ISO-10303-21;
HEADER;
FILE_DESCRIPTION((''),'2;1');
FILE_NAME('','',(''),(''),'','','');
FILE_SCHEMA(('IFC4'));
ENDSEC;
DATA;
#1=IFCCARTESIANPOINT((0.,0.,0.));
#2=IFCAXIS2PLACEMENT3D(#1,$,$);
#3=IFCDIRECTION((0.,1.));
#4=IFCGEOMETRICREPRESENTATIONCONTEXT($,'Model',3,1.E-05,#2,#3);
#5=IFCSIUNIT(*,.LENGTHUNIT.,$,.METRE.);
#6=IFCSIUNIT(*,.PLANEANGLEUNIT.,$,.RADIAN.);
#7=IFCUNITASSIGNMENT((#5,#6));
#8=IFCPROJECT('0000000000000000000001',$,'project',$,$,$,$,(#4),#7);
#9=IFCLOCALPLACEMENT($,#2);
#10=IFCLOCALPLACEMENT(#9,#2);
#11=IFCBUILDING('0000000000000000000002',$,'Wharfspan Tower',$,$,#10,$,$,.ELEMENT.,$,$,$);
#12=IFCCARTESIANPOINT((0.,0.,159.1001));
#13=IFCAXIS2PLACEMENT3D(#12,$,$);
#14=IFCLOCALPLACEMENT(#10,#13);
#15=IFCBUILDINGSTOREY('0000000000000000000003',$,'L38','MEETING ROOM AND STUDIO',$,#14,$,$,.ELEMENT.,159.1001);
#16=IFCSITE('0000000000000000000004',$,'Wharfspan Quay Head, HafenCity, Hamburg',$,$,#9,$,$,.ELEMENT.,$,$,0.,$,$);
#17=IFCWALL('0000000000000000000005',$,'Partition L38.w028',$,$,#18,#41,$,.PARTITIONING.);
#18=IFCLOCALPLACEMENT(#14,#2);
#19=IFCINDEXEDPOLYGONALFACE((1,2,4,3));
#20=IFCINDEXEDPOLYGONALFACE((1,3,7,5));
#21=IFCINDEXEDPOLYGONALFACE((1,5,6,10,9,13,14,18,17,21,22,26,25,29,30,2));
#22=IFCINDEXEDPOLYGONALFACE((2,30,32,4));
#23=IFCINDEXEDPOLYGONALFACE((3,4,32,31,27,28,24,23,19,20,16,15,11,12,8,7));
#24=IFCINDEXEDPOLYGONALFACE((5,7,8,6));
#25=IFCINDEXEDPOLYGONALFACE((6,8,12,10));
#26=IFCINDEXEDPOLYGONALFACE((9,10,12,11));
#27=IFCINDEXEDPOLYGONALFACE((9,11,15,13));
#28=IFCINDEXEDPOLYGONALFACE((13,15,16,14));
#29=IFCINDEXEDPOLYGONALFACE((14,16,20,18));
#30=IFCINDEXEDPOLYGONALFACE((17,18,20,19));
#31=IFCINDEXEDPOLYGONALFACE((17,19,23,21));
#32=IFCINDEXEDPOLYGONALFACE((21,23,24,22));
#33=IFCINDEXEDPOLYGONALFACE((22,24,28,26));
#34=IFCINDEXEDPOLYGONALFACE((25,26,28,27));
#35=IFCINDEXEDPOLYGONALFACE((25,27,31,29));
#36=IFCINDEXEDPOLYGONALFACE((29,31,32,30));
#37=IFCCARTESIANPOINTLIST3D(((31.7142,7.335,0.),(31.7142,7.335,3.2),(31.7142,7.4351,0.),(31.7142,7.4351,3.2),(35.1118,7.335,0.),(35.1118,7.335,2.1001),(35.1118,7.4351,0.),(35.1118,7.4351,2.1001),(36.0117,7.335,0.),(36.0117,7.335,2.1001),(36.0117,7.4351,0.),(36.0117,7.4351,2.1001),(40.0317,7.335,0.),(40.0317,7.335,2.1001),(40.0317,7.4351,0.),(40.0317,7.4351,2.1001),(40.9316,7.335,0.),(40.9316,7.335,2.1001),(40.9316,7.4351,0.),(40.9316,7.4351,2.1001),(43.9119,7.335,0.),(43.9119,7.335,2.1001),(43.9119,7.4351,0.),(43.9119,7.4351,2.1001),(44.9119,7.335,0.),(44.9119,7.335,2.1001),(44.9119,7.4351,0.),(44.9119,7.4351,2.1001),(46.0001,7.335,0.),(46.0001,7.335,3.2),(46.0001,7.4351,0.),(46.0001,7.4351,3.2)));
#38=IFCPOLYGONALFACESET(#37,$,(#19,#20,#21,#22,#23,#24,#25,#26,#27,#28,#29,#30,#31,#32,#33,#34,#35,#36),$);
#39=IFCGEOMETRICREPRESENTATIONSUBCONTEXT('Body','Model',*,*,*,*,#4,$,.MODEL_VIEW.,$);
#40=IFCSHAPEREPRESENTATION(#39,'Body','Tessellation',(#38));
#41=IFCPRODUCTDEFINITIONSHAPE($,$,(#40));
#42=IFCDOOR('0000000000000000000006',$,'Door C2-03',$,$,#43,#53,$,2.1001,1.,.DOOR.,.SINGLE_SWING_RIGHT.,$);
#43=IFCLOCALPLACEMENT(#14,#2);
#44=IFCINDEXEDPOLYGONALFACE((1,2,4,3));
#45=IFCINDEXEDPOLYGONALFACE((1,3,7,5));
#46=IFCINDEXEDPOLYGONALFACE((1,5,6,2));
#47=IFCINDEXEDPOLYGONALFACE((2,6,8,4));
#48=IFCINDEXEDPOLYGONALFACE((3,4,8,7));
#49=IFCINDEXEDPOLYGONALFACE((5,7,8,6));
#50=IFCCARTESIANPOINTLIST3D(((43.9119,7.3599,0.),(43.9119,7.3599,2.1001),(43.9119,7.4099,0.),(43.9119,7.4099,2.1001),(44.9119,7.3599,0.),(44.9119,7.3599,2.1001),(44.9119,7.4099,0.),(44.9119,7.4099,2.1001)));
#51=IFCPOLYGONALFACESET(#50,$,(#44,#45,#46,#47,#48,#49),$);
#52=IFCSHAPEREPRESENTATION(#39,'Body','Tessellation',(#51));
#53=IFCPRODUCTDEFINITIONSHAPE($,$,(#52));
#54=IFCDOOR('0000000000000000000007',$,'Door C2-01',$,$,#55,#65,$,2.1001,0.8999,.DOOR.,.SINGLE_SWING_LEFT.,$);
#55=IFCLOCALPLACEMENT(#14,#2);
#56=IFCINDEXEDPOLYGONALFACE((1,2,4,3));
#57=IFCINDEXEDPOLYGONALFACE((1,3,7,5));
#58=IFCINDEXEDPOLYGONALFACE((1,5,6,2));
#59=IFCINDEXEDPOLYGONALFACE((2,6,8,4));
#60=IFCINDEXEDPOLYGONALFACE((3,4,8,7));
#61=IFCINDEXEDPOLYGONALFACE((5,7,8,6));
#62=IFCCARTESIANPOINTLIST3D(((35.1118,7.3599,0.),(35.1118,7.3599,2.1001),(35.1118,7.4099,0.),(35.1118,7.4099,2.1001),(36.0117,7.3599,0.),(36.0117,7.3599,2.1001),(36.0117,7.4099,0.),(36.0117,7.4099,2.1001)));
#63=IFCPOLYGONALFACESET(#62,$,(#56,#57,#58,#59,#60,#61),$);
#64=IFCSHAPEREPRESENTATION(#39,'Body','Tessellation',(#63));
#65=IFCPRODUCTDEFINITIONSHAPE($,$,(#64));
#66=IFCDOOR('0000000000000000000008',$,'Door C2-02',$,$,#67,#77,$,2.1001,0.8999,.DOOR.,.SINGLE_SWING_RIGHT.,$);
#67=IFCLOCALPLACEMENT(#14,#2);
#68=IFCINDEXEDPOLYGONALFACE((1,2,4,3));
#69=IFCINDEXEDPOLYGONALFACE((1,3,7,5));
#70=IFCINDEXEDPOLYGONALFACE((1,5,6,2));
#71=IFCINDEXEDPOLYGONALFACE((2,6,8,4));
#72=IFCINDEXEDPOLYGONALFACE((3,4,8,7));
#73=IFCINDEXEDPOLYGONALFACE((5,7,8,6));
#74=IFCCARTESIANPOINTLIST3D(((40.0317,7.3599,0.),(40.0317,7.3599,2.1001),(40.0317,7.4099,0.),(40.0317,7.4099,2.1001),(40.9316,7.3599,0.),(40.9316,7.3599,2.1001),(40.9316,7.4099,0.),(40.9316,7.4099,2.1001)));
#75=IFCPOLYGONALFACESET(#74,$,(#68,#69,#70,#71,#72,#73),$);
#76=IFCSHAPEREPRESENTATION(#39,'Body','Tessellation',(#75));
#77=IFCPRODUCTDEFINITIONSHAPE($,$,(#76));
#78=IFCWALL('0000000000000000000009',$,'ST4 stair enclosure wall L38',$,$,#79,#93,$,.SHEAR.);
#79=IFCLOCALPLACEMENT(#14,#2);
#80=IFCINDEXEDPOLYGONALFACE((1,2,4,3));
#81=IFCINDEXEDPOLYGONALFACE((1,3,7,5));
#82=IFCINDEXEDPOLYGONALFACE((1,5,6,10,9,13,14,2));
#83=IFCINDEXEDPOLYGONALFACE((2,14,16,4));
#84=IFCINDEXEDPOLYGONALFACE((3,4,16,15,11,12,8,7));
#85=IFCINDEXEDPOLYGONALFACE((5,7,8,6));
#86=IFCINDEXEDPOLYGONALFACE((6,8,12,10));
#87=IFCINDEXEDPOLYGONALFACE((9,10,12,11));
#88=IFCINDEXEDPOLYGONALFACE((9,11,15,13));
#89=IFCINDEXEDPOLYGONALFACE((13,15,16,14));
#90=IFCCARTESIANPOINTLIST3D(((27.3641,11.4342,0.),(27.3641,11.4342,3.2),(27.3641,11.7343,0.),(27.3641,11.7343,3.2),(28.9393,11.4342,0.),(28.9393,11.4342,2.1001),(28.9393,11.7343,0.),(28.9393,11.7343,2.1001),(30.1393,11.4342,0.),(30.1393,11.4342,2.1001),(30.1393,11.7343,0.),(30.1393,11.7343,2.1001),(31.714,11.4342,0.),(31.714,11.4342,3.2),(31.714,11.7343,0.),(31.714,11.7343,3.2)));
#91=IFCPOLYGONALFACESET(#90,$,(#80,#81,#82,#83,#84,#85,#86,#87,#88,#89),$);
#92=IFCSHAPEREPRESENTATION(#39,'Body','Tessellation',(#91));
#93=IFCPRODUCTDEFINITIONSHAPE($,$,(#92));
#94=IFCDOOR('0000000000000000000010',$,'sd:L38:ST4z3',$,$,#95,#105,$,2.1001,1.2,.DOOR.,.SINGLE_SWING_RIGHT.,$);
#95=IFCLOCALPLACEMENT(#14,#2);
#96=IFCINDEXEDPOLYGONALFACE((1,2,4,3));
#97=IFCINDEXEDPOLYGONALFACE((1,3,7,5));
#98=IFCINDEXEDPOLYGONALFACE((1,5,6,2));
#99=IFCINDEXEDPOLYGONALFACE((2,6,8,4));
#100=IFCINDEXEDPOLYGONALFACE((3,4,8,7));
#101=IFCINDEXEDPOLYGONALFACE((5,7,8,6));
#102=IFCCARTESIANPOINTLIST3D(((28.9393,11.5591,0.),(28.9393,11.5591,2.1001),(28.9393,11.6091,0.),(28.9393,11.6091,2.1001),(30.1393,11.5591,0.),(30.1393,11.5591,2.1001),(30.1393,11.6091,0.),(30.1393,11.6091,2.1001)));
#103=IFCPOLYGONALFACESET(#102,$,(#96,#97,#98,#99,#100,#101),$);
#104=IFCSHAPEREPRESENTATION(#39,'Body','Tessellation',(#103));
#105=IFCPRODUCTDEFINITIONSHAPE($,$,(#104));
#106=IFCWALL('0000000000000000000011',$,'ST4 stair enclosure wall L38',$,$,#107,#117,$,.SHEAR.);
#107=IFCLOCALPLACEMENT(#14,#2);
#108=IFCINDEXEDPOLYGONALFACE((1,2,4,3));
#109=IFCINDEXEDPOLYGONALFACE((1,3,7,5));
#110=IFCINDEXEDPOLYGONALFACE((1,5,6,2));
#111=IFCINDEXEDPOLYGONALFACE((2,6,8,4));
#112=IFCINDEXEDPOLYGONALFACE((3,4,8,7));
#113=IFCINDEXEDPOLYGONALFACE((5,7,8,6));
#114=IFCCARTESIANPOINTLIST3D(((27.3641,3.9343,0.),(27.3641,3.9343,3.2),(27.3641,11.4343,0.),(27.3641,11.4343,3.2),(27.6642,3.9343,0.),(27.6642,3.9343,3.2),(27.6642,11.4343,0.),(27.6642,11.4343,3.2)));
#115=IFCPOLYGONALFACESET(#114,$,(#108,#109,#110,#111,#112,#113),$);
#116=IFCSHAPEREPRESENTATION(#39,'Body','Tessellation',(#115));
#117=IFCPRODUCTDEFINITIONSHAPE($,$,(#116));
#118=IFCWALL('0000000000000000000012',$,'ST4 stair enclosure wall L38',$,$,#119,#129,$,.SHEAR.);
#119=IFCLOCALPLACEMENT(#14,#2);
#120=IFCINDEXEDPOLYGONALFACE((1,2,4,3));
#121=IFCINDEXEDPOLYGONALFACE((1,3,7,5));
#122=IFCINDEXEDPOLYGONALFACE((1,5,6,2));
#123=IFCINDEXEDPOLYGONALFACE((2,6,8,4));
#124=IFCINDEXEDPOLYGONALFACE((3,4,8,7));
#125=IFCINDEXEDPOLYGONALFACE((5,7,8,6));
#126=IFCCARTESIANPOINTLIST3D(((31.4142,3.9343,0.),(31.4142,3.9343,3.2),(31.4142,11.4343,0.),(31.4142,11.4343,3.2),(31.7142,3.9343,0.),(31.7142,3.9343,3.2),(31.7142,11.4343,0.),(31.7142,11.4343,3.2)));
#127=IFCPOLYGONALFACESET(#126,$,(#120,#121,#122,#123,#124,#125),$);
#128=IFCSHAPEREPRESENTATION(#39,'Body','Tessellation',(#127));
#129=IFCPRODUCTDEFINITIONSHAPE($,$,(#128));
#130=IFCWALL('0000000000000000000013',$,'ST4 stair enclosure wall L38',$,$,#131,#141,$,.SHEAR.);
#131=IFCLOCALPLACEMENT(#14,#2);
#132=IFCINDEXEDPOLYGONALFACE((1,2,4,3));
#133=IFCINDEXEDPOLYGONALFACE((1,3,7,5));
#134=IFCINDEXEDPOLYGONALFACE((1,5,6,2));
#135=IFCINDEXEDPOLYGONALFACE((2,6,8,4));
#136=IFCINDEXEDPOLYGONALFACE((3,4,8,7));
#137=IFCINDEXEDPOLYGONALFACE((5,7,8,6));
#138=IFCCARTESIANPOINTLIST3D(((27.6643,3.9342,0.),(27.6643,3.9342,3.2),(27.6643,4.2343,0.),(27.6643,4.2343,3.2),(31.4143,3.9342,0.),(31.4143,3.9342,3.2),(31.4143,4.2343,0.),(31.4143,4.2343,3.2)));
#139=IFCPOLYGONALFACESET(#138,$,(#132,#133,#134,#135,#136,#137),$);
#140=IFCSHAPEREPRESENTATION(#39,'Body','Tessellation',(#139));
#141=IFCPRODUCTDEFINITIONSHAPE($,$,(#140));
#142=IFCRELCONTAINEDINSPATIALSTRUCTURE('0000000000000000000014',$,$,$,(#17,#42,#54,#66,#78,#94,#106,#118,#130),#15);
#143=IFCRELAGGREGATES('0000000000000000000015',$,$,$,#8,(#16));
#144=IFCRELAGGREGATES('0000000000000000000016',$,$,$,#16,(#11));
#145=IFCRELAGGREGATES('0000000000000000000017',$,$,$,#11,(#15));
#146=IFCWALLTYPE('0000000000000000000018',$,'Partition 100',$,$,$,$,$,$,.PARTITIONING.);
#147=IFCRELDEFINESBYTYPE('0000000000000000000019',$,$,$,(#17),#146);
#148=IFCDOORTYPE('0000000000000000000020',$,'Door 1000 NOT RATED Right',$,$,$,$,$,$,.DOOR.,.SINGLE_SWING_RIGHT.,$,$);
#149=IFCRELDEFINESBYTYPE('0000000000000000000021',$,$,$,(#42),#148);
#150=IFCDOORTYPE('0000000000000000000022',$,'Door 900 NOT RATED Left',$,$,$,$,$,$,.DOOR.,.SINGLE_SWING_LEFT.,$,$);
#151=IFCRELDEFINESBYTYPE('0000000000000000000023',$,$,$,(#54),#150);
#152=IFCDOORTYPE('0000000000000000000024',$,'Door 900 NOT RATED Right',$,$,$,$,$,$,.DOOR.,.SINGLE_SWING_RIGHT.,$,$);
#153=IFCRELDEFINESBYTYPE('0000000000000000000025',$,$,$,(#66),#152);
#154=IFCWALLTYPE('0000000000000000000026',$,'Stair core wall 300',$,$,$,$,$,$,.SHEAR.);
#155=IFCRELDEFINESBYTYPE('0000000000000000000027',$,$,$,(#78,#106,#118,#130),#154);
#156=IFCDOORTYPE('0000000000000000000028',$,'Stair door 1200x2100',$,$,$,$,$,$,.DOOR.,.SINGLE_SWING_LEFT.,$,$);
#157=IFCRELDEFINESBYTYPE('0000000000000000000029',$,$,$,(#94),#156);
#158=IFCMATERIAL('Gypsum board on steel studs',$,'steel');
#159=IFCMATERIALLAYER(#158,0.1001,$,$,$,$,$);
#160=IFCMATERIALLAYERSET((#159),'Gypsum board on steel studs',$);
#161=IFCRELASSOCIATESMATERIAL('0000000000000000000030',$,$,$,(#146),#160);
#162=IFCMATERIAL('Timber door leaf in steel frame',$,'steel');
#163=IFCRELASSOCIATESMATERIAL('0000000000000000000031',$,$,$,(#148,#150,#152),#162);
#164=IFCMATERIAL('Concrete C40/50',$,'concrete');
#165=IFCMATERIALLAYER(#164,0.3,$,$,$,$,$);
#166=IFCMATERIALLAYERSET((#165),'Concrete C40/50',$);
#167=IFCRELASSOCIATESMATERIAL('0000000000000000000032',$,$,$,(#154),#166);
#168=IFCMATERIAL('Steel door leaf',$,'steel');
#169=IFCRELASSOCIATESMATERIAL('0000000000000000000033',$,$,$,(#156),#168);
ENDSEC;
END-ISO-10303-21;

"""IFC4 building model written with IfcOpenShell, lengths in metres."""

from ifc_helpers import new_model, si_unit, direction, frame, frame_2d, origin, place, context, subcontext, project, spatial, rectangle, extrude, material, layer, layer_set, type_object, element, fill, save


model = new_model("IFC4")

# Units and contexts
model_context = context("Model", 3, precision=1e-05, world=origin(), true_north=direction((0.0, 1.0)))
body_context = subcontext(model_context, "Body", "Model", "MODEL_VIEW")
ifc_project = project(units=[si_unit("LENGTHUNIT", "METRE"), si_unit("PLANEANGLEUNIT", "RADIAN")], contexts=[model_context])

# Site, building, storey
site_placement = place(None, origin())
site = spatial("IfcSite", under=ifc_project, at=site_placement, Name="Wharfspan Quay Head, HafenCity, Hamburg", CompositionType="ELEMENT", RefElevation=0.0)
building_placement = place(site_placement, origin())
building = spatial("IfcBuilding", under=site, at=building_placement, Name="Wharfspan Tower", CompositionType="ELEMENT")
storey_placement = place(building_placement, frame((0.0, 0.0, 159.1001)))
storey = spatial("IfcBuildingStorey", under=building, at=storey_placement, Name="L38", Description="MEETING ROOM AND STUDIO", CompositionType="ELEMENT", Elevation=159.1001)

# Shared definitions
ifc_material_1 = material(Name="Gypsum board on steel studs", Category="steel")
ifc_layer_1 = layer(ifc_material_1, 0.1001)
ifc_layer_set_1 = layer_set([ifc_layer_1], Name="Gypsum board on steel studs")
wall_type_1 = type_object("IfcWallType", Name="Partition 100", PredefinedType="PARTITIONING", material=ifc_layer_set_1)

# Wall, openings, doors
wall_1_placement = place(storey_placement, frame((31.7141, 7.385, 0.0), z_axis=(0.0, 0.0, 1.0), x_axis=(1.0, 0.0, 0.0)))
wall_1 = element("IfcWall", 1, at=wall_1_placement, inside=storey, type_object=wall_type_1, Name="Partition L38.w028", PredefinedType="PARTITIONING", context=body_context, shape_type="SweptSolid", body=[
    extrude(rectangle(XDim=14.2859, YDim=0.1001, at=frame_2d((7.1431, 0.0))), origin(), (0.0, 0.0, 1.0), 3.2),
])
opening_1_placement = place(wall_1_placement, frame((3.3977, 0.0, 0.0)))
opening_1 = element("IfcOpeningElement", 2, at=opening_1_placement, cuts=wall_1, PredefinedType="OPENING", context=body_context, shape_type="SweptSolid", body=[
    extrude(rectangle(XDim=0.8999, YDim=2.1001, at=frame_2d((0.45, 1.05))), frame((0.0, 0.0601, 0.0), z_axis=(0.0, -1.0, 0.0), x_axis=(1.0, 0.0, 0.0)), (0.0, 0.0, 1.0), 0.1201),
])
opening_2_placement = place(wall_1_placement, frame((8.3176, 0.0, 0.0)))
opening_2 = element("IfcOpeningElement", 3, at=opening_2_placement, cuts=wall_1, PredefinedType="OPENING", context=body_context, shape_type="SweptSolid", body=[
    extrude(rectangle(XDim=0.8999, YDim=2.1001, at=frame_2d((0.45, 1.05))), frame((0.0, 0.0601, 0.0), z_axis=(0.0, -1.0, 0.0), x_axis=(1.0, 0.0, 0.0)), (0.0, 0.0, 1.0), 0.1201),
])
opening_3_placement = place(wall_1_placement, frame((12.1978, 0.0, 0.0)))
opening_3 = element("IfcOpeningElement", 4, at=opening_3_placement, cuts=wall_1, PredefinedType="OPENING", context=body_context, shape_type="SweptSolid", body=[
    extrude(rectangle(XDim=1.0, YDim=2.1001, at=frame_2d((0.5, 1.05))), frame((0.0, 0.0601, 0.0), z_axis=(0.0, -1.0, 0.0), x_axis=(1.0, 0.0, 0.0)), (0.0, 0.0, 1.0), 0.1201),
])
ifc_material_2 = material(Name="Timber door leaf in steel frame", Category="steel")
door_type_1 = type_object("IfcDoorType", Name="Door 1000 NOT RATED Right", OperationType="SINGLE_SWING_RIGHT", PredefinedType="DOOR", material=ifc_material_2)
door_1_placement = place(opening_3_placement, origin())
door_1 = element("IfcDoor", 5, at=door_1_placement, inside=storey, type_object=door_type_1, Name="Door C2-03", OperationType="SINGLE_SWING_RIGHT", OverallHeight=2.1001, OverallWidth=1.0, PredefinedType="DOOR", context=body_context, shape_type="SweptSolid", body=[
    extrude(rectangle(XDim=1.0, YDim=2.1001, at=frame_2d((0.5, 1.05))), frame((0.0, 0.0249, 0.0), z_axis=(0.0, -1.0, 0.0), x_axis=(1.0, 0.0, 0.0)), (0.0, 0.0, 1.0), 0.05),
])
fill(opening_3, door_1)
door_type_2 = type_object("IfcDoorType", Name="Door 900 NOT RATED Left", OperationType="SINGLE_SWING_LEFT", PredefinedType="DOOR", material=ifc_material_2)
door_2_placement = place(opening_1_placement, origin())
door_2 = element("IfcDoor", 6, at=door_2_placement, inside=storey, type_object=door_type_2, Name="Door C2-01", OperationType="SINGLE_SWING_LEFT", OverallHeight=2.1001, OverallWidth=0.8999, PredefinedType="DOOR", context=body_context, shape_type="SweptSolid", body=[
    extrude(rectangle(XDim=0.8999, YDim=2.1001, at=frame_2d((0.45, 1.05))), frame((0.0, 0.0249, 0.0), z_axis=(0.0, -1.0, 0.0), x_axis=(1.0, 0.0, 0.0)), (0.0, 0.0, 1.0), 0.05),
])
fill(opening_1, door_2)
door_type_3 = type_object("IfcDoorType", Name="Door 900 NOT RATED Right", OperationType="SINGLE_SWING_RIGHT", PredefinedType="DOOR", material=ifc_material_2)
door_3_placement = place(opening_2_placement, origin())
door_3 = element("IfcDoor", 7, at=door_3_placement, inside=storey, type_object=door_type_3, Name="Door C2-02", OperationType="SINGLE_SWING_RIGHT", OverallHeight=2.1001, OverallWidth=0.8999, PredefinedType="DOOR", context=body_context, shape_type="SweptSolid", body=[
    extrude(rectangle(XDim=0.8999, YDim=2.1001, at=frame_2d((0.45, 1.05))), frame((0.0, 0.0249, 0.0), z_axis=(0.0, -1.0, 0.0), x_axis=(1.0, 0.0, 0.0)), (0.0, 0.0, 1.0), 0.05),
])
fill(opening_2, door_3)

# Wall, opening, door
ifc_material_3 = material(Name="Concrete C40/50", Category="concrete")
ifc_layer_2 = layer(ifc_material_3, 0.3)
ifc_layer_set_2 = layer_set([ifc_layer_2], Name="Concrete C40/50")
wall_type_2 = type_object("IfcWallType", Name="Stair core wall 300", PredefinedType="SHEAR", material=ifc_layer_set_2)
wall_2_placement = place(storey_placement, frame((27.3643, 11.5842, 0.0), z_axis=(0.0, 0.0, 1.0), x_axis=(1.0, 0.0, 0.0)))
wall_2 = element("IfcWall", 8, at=wall_2_placement, inside=storey, type_object=wall_type_2, Name="ST4 stair enclosure wall L38", PredefinedType="SHEAR", context=body_context, shape_type="SweptSolid", body=[
    extrude(rectangle(XDim=4.3499, YDim=0.3, at=frame_2d((2.1748, 0.0))), origin(), (0.0, 0.0, 1.0), 3.2),
])
opening_4_placement = place(wall_2_placement, frame((1.575, 0.0, 0.0)))
opening_4 = element("IfcOpeningElement", 9, at=opening_4_placement, cuts=wall_2, PredefinedType="OPENING", context=body_context, shape_type="SweptSolid", body=[
    extrude(rectangle(XDim=1.2, YDim=2.1001, at=frame_2d((0.6001, 1.05))), frame((0.0, 0.1599, 0.0), z_axis=(0.0, -1.0, 0.0), x_axis=(1.0, 0.0, 0.0)), (0.0, 0.0, 1.0), 0.3201),
])
ifc_material_4 = material(Name="Steel door leaf", Category="steel")
door_type_4 = type_object("IfcDoorType", Name="Stair door 1200x2100", OperationType="SINGLE_SWING_LEFT", PredefinedType="DOOR", material=ifc_material_4)
door_4_placement = place(opening_4_placement, origin())
door_4 = element("IfcDoor", 10, at=door_4_placement, inside=storey, type_object=door_type_4, Name="sd:L38:ST4z3", OperationType="SINGLE_SWING_RIGHT", OverallHeight=2.1001, OverallWidth=1.2, PredefinedType="DOOR", context=body_context, shape_type="SweptSolid", body=[
    extrude(rectangle(XDim=1.2, YDim=2.1001, at=frame_2d((0.6001, 1.05))), frame((0.0, 0.0249, 0.0), z_axis=(0.0, -1.0, 0.0), x_axis=(1.0, 0.0, 0.0)), (0.0, 0.0, 1.0), 0.05),
])
fill(opening_4, door_4)

# Walls
for number, where, z_axis, x_axis, name in (
    (11, (27.5142, 3.9343, 0.0), (0.0, 0.0, 1.0), (0.0, 1.0, 0.0), "ST4 stair enclosure wall L38"),
    (12, (31.5642, 3.9343, 0.0), (0.0, 0.0, 1.0), (0.0, 1.0, 0.0), "ST4 stair enclosure wall L38"),
):
    element("IfcWall", number, at=place(storey_placement, frame(where, z_axis=z_axis, x_axis=x_axis)), inside=storey, type_object=wall_type_2, Name=name, PredefinedType="SHEAR", context=body_context, shape_type="SweptSolid", body=[
        extrude(rectangle(XDim=7.5, YDim=0.3, at=frame_2d((3.75, 0.0))), origin(), (0.0, 0.0, 1.0), 3.2),
    ])
wall_3_placement = place(storey_placement, frame((27.6643, 4.0842, 0.0), z_axis=(0.0, 0.0, 1.0), x_axis=(1.0, 0.0, 0.0)))
element("IfcWall", 13, at=wall_3_placement, inside=storey, type_object=wall_type_2, Name="ST4 stair enclosure wall L38", PredefinedType="SHEAR", context=body_context, shape_type="SweptSolid", body=[
    extrude(rectangle(XDim=3.75, YDim=0.3, at=frame_2d((1.875, 0.0))), origin(), (0.0, 0.0, 1.0), 3.2),
])

save(model, "model.ifc")
